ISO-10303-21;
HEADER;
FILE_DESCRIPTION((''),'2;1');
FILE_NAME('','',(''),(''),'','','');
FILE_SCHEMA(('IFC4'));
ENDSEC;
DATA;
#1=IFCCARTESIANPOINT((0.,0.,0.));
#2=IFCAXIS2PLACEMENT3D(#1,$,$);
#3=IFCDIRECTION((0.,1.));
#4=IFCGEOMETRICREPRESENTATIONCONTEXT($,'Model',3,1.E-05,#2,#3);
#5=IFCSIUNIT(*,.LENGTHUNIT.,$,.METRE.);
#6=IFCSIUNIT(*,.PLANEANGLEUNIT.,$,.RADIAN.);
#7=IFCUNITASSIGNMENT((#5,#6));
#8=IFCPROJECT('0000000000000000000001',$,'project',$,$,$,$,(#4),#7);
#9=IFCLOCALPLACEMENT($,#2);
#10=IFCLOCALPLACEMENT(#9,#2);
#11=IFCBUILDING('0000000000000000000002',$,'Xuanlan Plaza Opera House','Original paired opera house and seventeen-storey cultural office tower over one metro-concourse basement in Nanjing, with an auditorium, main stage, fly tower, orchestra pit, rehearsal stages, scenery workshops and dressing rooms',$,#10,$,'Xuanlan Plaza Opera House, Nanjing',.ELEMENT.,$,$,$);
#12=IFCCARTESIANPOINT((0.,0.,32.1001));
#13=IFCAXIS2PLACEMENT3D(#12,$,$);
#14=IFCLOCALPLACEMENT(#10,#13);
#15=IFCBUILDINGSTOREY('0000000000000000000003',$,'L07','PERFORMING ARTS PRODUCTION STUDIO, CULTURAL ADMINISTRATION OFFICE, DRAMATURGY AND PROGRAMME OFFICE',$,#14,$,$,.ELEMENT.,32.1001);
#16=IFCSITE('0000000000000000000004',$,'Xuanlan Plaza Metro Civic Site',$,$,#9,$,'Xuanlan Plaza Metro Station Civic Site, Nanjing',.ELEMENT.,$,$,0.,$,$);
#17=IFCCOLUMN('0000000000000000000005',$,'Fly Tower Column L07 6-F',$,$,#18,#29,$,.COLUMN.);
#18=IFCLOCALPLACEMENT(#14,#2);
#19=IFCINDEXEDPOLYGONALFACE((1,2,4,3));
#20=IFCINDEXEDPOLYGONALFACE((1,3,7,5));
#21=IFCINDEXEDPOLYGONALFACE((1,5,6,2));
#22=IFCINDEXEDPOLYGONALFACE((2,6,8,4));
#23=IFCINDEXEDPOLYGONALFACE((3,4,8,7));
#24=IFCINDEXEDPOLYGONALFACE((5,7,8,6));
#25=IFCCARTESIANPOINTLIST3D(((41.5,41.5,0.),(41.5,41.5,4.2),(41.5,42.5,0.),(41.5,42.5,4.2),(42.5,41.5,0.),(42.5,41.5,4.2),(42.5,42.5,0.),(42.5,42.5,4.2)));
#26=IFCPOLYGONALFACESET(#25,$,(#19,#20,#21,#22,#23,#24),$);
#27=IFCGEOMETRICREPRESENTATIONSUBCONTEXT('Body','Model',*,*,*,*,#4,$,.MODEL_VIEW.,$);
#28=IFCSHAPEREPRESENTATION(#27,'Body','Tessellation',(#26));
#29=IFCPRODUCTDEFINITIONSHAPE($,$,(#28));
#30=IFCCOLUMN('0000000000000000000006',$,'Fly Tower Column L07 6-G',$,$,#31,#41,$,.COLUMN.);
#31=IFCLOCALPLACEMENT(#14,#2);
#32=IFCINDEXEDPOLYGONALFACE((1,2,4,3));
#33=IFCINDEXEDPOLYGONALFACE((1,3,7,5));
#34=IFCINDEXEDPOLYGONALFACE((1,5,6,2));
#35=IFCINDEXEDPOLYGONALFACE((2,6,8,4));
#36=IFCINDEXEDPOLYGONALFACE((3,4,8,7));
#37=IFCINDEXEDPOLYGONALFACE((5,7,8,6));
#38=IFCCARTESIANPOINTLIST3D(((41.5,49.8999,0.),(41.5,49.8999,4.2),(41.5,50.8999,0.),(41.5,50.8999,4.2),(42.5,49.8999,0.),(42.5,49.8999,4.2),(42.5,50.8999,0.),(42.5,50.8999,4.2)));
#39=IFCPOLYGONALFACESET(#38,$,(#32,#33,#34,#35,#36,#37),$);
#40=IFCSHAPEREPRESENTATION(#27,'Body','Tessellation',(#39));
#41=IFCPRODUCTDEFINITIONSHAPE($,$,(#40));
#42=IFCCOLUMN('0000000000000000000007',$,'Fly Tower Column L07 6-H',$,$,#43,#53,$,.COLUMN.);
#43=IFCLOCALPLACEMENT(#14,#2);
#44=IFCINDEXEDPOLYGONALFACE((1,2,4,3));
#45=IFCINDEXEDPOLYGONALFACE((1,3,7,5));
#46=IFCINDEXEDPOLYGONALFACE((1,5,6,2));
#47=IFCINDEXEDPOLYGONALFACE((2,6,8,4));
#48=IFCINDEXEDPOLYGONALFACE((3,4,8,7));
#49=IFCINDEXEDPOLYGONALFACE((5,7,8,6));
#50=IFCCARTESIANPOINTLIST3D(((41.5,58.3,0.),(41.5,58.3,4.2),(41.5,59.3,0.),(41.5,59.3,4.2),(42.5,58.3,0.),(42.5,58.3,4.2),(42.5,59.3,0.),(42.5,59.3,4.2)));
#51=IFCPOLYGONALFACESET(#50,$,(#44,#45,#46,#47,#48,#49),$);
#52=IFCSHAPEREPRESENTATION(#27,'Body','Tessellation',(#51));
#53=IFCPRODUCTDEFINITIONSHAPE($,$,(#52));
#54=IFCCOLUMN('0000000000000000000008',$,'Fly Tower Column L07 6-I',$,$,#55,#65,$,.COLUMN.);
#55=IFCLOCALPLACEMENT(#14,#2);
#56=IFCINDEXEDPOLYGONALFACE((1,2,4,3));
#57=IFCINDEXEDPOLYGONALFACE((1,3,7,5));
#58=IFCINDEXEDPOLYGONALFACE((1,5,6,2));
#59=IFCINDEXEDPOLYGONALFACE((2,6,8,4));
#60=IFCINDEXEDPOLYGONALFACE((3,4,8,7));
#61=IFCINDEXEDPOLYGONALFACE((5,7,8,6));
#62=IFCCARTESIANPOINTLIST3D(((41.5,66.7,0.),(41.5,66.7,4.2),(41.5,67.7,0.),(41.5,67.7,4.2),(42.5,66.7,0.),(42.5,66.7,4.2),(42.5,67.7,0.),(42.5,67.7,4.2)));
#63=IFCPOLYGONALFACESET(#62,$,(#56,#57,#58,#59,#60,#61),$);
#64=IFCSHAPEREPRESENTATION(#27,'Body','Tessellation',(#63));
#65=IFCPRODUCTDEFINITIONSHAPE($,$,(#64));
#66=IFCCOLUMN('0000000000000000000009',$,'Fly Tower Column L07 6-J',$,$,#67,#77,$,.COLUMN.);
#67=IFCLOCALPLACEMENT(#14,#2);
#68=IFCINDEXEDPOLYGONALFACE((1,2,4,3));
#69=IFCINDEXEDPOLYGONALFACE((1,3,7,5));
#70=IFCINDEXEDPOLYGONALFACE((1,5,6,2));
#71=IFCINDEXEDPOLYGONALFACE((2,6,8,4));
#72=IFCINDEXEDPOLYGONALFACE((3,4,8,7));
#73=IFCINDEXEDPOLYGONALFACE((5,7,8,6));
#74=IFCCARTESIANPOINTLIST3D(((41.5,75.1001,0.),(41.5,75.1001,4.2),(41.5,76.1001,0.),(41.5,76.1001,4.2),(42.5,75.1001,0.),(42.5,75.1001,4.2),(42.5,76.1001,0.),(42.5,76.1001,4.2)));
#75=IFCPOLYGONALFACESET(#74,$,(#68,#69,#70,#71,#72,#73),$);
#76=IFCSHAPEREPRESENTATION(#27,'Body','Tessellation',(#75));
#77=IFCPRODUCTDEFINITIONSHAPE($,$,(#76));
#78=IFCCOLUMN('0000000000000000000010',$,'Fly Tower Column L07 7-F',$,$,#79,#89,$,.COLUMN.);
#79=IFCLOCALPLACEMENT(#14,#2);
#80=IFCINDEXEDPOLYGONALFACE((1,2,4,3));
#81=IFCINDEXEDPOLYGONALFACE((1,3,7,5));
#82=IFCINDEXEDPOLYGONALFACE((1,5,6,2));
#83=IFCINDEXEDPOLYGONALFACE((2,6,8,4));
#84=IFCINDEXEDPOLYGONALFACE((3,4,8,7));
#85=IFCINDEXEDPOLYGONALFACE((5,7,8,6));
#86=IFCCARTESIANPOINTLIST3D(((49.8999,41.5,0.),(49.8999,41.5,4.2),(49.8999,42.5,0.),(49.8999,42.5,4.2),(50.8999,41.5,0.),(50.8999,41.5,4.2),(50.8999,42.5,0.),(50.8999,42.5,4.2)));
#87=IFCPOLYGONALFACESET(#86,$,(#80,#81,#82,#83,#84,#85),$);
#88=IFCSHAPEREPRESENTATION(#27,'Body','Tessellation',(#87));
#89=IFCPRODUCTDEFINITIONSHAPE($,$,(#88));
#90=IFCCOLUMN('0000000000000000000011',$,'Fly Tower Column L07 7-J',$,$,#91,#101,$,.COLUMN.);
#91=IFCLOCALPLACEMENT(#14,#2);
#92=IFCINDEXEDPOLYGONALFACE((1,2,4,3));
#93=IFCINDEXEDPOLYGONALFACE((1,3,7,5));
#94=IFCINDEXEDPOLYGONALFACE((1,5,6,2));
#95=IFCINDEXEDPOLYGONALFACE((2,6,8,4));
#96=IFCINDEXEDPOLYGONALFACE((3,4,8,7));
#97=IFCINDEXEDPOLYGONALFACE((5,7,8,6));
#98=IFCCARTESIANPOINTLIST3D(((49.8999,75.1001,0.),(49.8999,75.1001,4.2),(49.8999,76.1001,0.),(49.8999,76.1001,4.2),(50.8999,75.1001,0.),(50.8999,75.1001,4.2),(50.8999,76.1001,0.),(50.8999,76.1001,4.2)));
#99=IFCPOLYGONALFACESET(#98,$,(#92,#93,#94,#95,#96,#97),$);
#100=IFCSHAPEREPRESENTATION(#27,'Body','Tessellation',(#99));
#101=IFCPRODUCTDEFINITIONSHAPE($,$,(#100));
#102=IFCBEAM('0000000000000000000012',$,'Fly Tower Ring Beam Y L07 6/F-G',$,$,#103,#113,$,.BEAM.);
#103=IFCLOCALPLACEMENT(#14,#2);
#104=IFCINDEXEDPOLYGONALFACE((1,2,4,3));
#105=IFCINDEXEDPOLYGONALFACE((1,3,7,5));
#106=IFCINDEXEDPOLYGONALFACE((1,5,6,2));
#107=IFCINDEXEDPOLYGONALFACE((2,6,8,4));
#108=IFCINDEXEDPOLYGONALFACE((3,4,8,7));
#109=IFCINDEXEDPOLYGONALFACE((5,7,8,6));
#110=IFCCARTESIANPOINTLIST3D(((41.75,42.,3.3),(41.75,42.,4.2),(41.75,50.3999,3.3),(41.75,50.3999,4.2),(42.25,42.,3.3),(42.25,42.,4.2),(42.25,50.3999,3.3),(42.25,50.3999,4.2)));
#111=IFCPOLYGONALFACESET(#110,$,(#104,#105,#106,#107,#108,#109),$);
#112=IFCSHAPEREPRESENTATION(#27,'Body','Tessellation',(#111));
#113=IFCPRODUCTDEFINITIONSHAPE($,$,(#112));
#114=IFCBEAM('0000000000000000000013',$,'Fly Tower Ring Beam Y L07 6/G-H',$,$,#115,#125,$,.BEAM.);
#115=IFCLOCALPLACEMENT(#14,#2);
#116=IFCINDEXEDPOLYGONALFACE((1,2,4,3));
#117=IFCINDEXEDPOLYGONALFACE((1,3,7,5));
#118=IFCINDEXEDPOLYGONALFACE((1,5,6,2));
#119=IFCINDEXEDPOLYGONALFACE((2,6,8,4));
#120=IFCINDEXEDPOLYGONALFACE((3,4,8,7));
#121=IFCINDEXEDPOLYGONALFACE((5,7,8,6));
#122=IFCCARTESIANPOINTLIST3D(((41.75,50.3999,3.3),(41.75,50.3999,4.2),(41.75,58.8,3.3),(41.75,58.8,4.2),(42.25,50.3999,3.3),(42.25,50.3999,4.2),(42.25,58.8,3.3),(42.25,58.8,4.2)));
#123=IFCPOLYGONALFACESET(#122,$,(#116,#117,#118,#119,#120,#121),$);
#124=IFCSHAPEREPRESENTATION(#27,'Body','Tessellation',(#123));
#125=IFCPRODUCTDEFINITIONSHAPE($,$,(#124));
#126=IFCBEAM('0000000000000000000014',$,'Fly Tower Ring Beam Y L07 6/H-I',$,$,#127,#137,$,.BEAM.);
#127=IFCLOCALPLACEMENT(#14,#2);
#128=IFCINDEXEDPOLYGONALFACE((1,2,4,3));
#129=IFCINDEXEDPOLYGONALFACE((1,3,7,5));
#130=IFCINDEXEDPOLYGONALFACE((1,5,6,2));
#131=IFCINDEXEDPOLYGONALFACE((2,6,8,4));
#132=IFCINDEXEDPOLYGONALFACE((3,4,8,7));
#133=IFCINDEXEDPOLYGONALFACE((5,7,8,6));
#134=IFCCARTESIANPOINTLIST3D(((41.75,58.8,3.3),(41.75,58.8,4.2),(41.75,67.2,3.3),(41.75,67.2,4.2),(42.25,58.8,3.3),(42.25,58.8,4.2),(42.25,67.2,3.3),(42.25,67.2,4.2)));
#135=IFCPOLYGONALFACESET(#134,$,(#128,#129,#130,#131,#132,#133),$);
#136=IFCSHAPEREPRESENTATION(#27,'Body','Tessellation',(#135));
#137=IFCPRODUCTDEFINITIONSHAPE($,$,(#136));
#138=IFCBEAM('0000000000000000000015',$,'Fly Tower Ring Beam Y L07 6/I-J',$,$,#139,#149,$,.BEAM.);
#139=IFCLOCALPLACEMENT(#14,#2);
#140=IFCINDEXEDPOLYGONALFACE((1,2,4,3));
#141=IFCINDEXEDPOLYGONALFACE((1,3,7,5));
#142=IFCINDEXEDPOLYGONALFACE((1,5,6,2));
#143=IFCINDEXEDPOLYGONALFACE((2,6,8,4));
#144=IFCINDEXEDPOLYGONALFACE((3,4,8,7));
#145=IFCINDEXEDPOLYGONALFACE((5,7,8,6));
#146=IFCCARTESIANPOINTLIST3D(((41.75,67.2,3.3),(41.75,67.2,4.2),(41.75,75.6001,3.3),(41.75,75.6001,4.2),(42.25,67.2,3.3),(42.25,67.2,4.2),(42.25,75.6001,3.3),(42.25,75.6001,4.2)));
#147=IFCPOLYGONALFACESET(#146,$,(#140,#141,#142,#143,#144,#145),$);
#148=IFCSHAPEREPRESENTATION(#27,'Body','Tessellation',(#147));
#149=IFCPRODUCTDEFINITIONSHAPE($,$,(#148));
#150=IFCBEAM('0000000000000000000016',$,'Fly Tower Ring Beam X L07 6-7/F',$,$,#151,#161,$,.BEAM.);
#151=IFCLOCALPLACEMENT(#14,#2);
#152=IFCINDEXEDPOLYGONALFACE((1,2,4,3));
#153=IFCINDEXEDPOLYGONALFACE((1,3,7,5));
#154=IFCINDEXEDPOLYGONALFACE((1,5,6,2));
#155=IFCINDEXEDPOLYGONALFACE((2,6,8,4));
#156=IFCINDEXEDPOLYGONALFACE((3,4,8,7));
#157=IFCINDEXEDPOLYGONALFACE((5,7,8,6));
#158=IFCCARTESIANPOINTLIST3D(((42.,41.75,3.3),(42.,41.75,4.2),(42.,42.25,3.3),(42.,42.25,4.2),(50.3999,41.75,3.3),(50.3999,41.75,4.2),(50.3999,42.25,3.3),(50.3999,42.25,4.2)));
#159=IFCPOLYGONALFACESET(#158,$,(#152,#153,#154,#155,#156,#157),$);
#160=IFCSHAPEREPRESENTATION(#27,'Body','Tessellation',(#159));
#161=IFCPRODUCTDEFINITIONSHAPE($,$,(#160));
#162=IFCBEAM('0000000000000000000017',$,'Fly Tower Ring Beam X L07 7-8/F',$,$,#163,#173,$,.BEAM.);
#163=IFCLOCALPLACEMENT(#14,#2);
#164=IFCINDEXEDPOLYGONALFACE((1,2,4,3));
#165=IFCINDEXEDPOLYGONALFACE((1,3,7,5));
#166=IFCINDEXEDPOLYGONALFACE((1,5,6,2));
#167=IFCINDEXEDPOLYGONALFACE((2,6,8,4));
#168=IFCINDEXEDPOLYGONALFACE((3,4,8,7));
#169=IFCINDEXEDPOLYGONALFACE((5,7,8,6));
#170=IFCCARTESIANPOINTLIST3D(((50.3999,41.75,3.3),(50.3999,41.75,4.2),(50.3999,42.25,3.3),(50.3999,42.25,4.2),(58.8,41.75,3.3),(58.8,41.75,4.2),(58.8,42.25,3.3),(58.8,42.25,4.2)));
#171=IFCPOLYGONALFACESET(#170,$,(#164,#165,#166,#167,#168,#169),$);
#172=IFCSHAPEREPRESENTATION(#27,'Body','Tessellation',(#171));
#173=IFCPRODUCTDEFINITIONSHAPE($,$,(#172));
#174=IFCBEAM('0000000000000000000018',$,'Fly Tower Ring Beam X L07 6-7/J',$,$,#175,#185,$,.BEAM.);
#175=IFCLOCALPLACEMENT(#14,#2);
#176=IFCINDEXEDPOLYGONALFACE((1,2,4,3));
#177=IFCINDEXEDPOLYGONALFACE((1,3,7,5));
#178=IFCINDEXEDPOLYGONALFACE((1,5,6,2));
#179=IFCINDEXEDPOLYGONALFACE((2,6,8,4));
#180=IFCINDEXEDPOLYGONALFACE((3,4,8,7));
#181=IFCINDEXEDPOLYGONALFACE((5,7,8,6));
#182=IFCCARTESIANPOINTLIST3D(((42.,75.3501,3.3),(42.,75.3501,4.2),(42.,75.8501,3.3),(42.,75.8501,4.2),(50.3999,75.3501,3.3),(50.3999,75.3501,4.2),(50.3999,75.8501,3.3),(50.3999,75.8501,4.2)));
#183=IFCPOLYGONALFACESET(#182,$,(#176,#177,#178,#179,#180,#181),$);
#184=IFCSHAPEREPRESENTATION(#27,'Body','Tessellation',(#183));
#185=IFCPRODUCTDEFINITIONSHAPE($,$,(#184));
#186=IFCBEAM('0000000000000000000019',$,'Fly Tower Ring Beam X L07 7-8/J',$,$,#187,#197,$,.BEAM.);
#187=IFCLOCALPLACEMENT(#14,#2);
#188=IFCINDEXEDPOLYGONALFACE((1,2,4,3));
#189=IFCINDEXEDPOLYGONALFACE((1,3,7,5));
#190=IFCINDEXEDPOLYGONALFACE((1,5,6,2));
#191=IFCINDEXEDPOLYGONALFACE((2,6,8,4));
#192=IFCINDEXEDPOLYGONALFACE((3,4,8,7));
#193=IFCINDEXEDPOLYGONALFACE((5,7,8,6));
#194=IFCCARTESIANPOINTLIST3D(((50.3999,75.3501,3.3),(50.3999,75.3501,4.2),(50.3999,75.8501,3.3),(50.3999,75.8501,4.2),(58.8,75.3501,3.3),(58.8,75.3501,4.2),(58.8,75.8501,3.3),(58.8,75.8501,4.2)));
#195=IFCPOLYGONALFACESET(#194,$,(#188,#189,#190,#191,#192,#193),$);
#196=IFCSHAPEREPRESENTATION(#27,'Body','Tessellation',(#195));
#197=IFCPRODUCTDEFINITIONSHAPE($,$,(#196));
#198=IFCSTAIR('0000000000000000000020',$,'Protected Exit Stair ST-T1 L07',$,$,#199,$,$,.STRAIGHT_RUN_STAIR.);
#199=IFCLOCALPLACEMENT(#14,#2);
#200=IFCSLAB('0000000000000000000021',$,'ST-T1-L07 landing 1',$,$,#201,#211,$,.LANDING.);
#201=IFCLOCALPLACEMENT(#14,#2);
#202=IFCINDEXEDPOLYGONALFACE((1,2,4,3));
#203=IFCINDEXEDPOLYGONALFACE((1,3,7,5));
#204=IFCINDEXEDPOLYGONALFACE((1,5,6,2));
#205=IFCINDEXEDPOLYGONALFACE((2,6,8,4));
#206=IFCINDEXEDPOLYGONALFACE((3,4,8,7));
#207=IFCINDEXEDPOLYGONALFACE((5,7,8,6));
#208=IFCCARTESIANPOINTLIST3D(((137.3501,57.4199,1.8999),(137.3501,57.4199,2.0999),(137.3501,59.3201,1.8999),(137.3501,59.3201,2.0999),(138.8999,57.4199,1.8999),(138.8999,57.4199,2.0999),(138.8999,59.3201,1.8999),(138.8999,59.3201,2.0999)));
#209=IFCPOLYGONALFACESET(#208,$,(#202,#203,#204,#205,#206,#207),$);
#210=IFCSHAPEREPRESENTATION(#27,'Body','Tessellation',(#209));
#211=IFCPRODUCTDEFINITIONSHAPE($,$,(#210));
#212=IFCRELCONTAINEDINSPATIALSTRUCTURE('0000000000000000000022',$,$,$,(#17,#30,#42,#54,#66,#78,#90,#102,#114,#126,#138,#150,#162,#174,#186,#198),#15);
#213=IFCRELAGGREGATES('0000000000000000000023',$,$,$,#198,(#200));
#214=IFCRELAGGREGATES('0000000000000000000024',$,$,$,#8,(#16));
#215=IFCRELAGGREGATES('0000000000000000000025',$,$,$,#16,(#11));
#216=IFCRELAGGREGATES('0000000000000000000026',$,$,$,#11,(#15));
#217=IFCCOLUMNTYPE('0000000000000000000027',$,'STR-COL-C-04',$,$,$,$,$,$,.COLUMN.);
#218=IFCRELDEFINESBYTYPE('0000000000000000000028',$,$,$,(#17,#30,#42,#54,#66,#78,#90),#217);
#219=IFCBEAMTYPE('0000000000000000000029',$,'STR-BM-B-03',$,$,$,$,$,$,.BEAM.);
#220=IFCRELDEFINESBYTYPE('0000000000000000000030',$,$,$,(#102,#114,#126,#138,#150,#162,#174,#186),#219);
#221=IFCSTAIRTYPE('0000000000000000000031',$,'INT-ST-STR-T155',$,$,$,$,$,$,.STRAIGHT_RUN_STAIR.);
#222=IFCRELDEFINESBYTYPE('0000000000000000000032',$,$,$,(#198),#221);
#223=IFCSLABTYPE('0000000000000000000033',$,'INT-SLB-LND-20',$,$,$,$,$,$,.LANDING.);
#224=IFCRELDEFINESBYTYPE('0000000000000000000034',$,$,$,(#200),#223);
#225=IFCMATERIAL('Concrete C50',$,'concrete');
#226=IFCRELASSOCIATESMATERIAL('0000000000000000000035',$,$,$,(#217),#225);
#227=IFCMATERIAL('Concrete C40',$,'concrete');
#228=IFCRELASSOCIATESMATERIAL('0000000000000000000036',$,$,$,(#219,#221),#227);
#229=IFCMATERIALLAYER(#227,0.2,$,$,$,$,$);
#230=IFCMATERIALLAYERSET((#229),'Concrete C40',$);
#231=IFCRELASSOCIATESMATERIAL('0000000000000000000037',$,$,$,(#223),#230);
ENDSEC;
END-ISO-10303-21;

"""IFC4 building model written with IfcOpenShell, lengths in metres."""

from ifc_helpers import new_model, si_unit, direction, frame, origin, origin_2d, place, context, subcontext, project, spatial, polyline, rectangle, outline, extrude, material, layer, layer_set, material_profile, profile_set, type_object, element, aggregate, save


model = new_model("IFC4")

# Units and contexts
model_context = context("Model", 3, precision=1e-05, world=origin(), true_north=direction((0.0, 1.0)))
body_context = subcontext(model_context, "Body", "Model", "MODEL_VIEW")
ifc_project = project(units=[si_unit("LENGTHUNIT", "METRE"), si_unit("PLANEANGLEUNIT", "RADIAN")], contexts=[model_context])

# Site, building, storey
site_placement = place(None, origin())
site = spatial("IfcSite", under=ifc_project, at=site_placement, Name="Xuanlan Plaza Metro Civic Site", LongName="Xuanlan Plaza Metro Station Civic Site, Nanjing", CompositionType="ELEMENT", RefElevation=0.0)
building_placement = place(site_placement, origin())
building = spatial("IfcBuilding", under=site, at=building_placement, Name="Xuanlan Plaza Opera House", Description="Original paired opera house and seventeen-storey cultural office tower over one metro-concourse basement in Nanjing, with an auditorium, main stage, fly tower, orchestra pit, rehearsal stages, scenery workshops and dressing rooms", LongName="Xuanlan Plaza Opera House, Nanjing", CompositionType="ELEMENT")
storey_placement = place(building_placement, frame((0.0, 0.0, 32.1001)))
storey = spatial("IfcBuildingStorey", under=building, at=storey_placement, Name="L07", Description="PERFORMING ARTS PRODUCTION STUDIO, CULTURAL ADMINISTRATION OFFICE, DRAMATURGY AND PROGRAMME OFFICE", CompositionType="ELEMENT", Elevation=32.1001)

# Columns
ifc_material_1 = material(Name="Concrete C50", Category="concrete")
ifc_material_profile_1 = material_profile(ifc_material_1, rectangle(XDim=1.0, YDim=1.0, at=origin_2d()), Name="RC-COL 1000x1000")
ifc_profile_set_1 = profile_set([ifc_material_profile_1], Name="Concrete C50")
column_type = type_object("IfcColumnType", Name="STR-COL-C-04", PredefinedType="COLUMN", material=ifc_profile_set_1)
for number, where, z_axis, x_axis, name in (
    (1, (42.0, 42.0, 0.0), (0.0, 0.0, 1.0), (1.0, 0.0, 0.0), "Fly Tower Column L07 6-F"),
    (2, (42.0, 50.3999, 0.0), (0.0, 0.0, 1.0), (1.0, 0.0, 0.0), "Fly Tower Column L07 6-G"),
    (3, (42.0, 58.8, 0.0), (0.0, 0.0, 1.0), (1.0, 0.0, 0.0), "Fly Tower Column L07 6-H"),
    (4, (42.0, 67.2, 0.0), (0.0, 0.0, 1.0), (1.0, 0.0, 0.0), "Fly Tower Column L07 6-I"),
    (5, (42.0, 75.6001, 0.0), (0.0, 0.0, 1.0), (1.0, 0.0, 0.0), "Fly Tower Column L07 6-J"),
    (6, (50.3999, 42.0, 0.0), (0.0, 0.0, 1.0), (1.0, 0.0, 0.0), "Fly Tower Column L07 7-F"),
    (7, (50.3999, 75.6001, 0.0), (0.0, 0.0, 1.0), (1.0, 0.0, 0.0), "Fly Tower Column L07 7-J"),
):
    element("IfcColumn", number, at=place(storey_placement, frame(where, z_axis=z_axis, x_axis=x_axis)), inside=storey, type_object=column_type, Name=name, PredefinedType="COLUMN", context=body_context, shape_type="SweptSolid", body=[
        extrude(rectangle(XDim=1.0, YDim=1.0, at=origin_2d()), origin(), (0.0, 0.0, 1.0), 4.2),
    ])

# Beams
ifc_material_2 = material(Name="Concrete C40", Category="concrete")
ifc_material_profile_2 = material_profile(ifc_material_2, rectangle(XDim=0.5, YDim=0.8999, at=origin_2d()), Name="RC-BM 500x900")
ifc_profile_set_2 = profile_set([ifc_material_profile_2], Name="Concrete C40")
beam_type = type_object("IfcBeamType", Name="STR-BM-B-03", PredefinedType="BEAM", material=ifc_profile_set_2)
beam_1_placement = place(storey_placement, frame((42.0, 42.0, 3.75), z_axis=(0.0, 1.0, 0.0), x_axis=(-1.0, 0.0, 0.0)))
element("IfcBeam", 8, at=beam_1_placement, inside=storey, type_object=beam_type, Name="Fly Tower Ring Beam Y L07 6/F-G", PredefinedType="BEAM", context=body_context, shape_type="SweptSolid", body=[
    extrude(rectangle(XDim=0.5, YDim=0.8999, at=origin_2d()), origin(), (0.0, 0.0, 1.0), 8.3999),
])
beam_2_placement = place(storey_placement, frame((42.0, 50.3999, 3.75), z_axis=(0.0, 1.0, 0.0), x_axis=(-1.0, 0.0, 0.0)))
element("IfcBeam", 9, at=beam_2_placement, inside=storey, type_object=beam_type, Name="Fly Tower Ring Beam Y L07 6/G-H", PredefinedType="BEAM", context=body_context, shape_type="SweptSolid", body=[
    extrude(rectangle(XDim=0.5, YDim=0.8999, at=origin_2d()), origin(), (0.0, 0.0, 1.0), 8.4001),
])
beam_3_placement = place(storey_placement, frame((42.0, 58.8, 3.75), z_axis=(0.0, 1.0, 0.0), x_axis=(-1.0, 0.0, 0.0)))
element("IfcBeam", 10, at=beam_3_placement, inside=storey, type_object=beam_type, Name="Fly Tower Ring Beam Y L07 6/H-I", PredefinedType="BEAM", context=body_context, shape_type="SweptSolid", body=[
    extrude(rectangle(XDim=0.5, YDim=0.8999, at=origin_2d()), origin(), (0.0, 0.0, 1.0), 8.3999),
])
beam_4_placement = place(storey_placement, frame((42.0, 67.2, 3.75), z_axis=(0.0, 1.0, 0.0), x_axis=(-1.0, 0.0, 0.0)))
element("IfcBeam", 11, at=beam_4_placement, inside=storey, type_object=beam_type, Name="Fly Tower Ring Beam Y L07 6/I-J", PredefinedType="BEAM", context=body_context, shape_type="SweptSolid", body=[
    extrude(rectangle(XDim=0.5, YDim=0.8999, at=origin_2d()), origin(), (0.0, 0.0, 1.0), 8.4001),
])
beam_5_placement = place(storey_placement, frame((42.0, 42.0, 3.75), z_axis=(1.0, 0.0, 0.0), x_axis=(0.0, 1.0, 0.0)))
element("IfcBeam", 12, at=beam_5_placement, inside=storey, type_object=beam_type, Name="Fly Tower Ring Beam X L07 6-7/F", PredefinedType="BEAM", context=body_context, shape_type="SweptSolid", body=[
    extrude(rectangle(XDim=0.5, YDim=0.8999, at=origin_2d()), origin(), (0.0, 0.0, 1.0), 8.3999),
])
beam_6_placement = place(storey_placement, frame((50.3999, 42.0, 3.75), z_axis=(1.0, 0.0, 0.0), x_axis=(0.0, 1.0, 0.0)))
element("IfcBeam", 13, at=beam_6_placement, inside=storey, type_object=beam_type, Name="Fly Tower Ring Beam X L07 7-8/F", PredefinedType="BEAM", context=body_context, shape_type="SweptSolid", body=[
    extrude(rectangle(XDim=0.5, YDim=0.8999, at=origin_2d()), origin(), (0.0, 0.0, 1.0), 8.4001),
])
beam_7_placement = place(storey_placement, frame((42.0, 75.6001, 3.75), z_axis=(1.0, 0.0, 0.0), x_axis=(0.0, 1.0, 0.0)))
element("IfcBeam", 14, at=beam_7_placement, inside=storey, type_object=beam_type, Name="Fly Tower Ring Beam X L07 6-7/J", PredefinedType="BEAM", context=body_context, shape_type="SweptSolid", body=[
    extrude(rectangle(XDim=0.5, YDim=0.8999, at=origin_2d()), origin(), (0.0, 0.0, 1.0), 8.3999),
])
beam_8_placement = place(storey_placement, frame((50.3999, 75.6001, 3.75), z_axis=(1.0, 0.0, 0.0), x_axis=(0.0, 1.0, 0.0)))
element("IfcBeam", 15, at=beam_8_placement, inside=storey, type_object=beam_type, Name="Fly Tower Ring Beam X L07 7-8/J", PredefinedType="BEAM", context=body_context, shape_type="SweptSolid", body=[
    extrude(rectangle(XDim=0.5, YDim=0.8999, at=origin_2d()), origin(), (0.0, 0.0, 1.0), 8.4001),
])

# Stair, slab
stair_type = type_object("IfcStairType", Name="INT-ST-STR-T155", PredefinedType="STRAIGHT_RUN_STAIR", material=ifc_material_2)
stair_1_placement = place(storey_placement, origin())
stair_1 = element("IfcStair", 16, at=stair_1_placement, inside=storey, type_object=stair_type, Name="Protected Exit Stair ST-T1 L07", PredefinedType="STRAIGHT_RUN_STAIR")
ifc_layer_1 = layer(ifc_material_2, 0.2)
ifc_layer_set_1 = layer_set([ifc_layer_1], Name="Concrete C40")
slab_type_1 = type_object("IfcSlabType", Name="INT-SLB-LND-20", PredefinedType="LANDING", material=ifc_layer_set_1)
slab_1_placement = place(storey_placement, frame((0.0, 0.0, 1.8999)))
slab_1 = element("IfcSlab", 17, at=slab_1_placement, type_object=slab_type_1, Name="ST-T1-L07 landing 1", PredefinedType="LANDING", context=body_context, shape_type="SweptSolid", body=[
    extrude(outline(polyline([(137.3501, 57.4199), (138.8999, 57.4199), (138.8999, 59.3201), (137.3501, 59.3201), (137.3501, 57.4199)])), origin(), (0.0, 0.0, 1.0), 0.2),
])
aggregate(stair_1, [slab_1])

save(model, "model.ifc")
